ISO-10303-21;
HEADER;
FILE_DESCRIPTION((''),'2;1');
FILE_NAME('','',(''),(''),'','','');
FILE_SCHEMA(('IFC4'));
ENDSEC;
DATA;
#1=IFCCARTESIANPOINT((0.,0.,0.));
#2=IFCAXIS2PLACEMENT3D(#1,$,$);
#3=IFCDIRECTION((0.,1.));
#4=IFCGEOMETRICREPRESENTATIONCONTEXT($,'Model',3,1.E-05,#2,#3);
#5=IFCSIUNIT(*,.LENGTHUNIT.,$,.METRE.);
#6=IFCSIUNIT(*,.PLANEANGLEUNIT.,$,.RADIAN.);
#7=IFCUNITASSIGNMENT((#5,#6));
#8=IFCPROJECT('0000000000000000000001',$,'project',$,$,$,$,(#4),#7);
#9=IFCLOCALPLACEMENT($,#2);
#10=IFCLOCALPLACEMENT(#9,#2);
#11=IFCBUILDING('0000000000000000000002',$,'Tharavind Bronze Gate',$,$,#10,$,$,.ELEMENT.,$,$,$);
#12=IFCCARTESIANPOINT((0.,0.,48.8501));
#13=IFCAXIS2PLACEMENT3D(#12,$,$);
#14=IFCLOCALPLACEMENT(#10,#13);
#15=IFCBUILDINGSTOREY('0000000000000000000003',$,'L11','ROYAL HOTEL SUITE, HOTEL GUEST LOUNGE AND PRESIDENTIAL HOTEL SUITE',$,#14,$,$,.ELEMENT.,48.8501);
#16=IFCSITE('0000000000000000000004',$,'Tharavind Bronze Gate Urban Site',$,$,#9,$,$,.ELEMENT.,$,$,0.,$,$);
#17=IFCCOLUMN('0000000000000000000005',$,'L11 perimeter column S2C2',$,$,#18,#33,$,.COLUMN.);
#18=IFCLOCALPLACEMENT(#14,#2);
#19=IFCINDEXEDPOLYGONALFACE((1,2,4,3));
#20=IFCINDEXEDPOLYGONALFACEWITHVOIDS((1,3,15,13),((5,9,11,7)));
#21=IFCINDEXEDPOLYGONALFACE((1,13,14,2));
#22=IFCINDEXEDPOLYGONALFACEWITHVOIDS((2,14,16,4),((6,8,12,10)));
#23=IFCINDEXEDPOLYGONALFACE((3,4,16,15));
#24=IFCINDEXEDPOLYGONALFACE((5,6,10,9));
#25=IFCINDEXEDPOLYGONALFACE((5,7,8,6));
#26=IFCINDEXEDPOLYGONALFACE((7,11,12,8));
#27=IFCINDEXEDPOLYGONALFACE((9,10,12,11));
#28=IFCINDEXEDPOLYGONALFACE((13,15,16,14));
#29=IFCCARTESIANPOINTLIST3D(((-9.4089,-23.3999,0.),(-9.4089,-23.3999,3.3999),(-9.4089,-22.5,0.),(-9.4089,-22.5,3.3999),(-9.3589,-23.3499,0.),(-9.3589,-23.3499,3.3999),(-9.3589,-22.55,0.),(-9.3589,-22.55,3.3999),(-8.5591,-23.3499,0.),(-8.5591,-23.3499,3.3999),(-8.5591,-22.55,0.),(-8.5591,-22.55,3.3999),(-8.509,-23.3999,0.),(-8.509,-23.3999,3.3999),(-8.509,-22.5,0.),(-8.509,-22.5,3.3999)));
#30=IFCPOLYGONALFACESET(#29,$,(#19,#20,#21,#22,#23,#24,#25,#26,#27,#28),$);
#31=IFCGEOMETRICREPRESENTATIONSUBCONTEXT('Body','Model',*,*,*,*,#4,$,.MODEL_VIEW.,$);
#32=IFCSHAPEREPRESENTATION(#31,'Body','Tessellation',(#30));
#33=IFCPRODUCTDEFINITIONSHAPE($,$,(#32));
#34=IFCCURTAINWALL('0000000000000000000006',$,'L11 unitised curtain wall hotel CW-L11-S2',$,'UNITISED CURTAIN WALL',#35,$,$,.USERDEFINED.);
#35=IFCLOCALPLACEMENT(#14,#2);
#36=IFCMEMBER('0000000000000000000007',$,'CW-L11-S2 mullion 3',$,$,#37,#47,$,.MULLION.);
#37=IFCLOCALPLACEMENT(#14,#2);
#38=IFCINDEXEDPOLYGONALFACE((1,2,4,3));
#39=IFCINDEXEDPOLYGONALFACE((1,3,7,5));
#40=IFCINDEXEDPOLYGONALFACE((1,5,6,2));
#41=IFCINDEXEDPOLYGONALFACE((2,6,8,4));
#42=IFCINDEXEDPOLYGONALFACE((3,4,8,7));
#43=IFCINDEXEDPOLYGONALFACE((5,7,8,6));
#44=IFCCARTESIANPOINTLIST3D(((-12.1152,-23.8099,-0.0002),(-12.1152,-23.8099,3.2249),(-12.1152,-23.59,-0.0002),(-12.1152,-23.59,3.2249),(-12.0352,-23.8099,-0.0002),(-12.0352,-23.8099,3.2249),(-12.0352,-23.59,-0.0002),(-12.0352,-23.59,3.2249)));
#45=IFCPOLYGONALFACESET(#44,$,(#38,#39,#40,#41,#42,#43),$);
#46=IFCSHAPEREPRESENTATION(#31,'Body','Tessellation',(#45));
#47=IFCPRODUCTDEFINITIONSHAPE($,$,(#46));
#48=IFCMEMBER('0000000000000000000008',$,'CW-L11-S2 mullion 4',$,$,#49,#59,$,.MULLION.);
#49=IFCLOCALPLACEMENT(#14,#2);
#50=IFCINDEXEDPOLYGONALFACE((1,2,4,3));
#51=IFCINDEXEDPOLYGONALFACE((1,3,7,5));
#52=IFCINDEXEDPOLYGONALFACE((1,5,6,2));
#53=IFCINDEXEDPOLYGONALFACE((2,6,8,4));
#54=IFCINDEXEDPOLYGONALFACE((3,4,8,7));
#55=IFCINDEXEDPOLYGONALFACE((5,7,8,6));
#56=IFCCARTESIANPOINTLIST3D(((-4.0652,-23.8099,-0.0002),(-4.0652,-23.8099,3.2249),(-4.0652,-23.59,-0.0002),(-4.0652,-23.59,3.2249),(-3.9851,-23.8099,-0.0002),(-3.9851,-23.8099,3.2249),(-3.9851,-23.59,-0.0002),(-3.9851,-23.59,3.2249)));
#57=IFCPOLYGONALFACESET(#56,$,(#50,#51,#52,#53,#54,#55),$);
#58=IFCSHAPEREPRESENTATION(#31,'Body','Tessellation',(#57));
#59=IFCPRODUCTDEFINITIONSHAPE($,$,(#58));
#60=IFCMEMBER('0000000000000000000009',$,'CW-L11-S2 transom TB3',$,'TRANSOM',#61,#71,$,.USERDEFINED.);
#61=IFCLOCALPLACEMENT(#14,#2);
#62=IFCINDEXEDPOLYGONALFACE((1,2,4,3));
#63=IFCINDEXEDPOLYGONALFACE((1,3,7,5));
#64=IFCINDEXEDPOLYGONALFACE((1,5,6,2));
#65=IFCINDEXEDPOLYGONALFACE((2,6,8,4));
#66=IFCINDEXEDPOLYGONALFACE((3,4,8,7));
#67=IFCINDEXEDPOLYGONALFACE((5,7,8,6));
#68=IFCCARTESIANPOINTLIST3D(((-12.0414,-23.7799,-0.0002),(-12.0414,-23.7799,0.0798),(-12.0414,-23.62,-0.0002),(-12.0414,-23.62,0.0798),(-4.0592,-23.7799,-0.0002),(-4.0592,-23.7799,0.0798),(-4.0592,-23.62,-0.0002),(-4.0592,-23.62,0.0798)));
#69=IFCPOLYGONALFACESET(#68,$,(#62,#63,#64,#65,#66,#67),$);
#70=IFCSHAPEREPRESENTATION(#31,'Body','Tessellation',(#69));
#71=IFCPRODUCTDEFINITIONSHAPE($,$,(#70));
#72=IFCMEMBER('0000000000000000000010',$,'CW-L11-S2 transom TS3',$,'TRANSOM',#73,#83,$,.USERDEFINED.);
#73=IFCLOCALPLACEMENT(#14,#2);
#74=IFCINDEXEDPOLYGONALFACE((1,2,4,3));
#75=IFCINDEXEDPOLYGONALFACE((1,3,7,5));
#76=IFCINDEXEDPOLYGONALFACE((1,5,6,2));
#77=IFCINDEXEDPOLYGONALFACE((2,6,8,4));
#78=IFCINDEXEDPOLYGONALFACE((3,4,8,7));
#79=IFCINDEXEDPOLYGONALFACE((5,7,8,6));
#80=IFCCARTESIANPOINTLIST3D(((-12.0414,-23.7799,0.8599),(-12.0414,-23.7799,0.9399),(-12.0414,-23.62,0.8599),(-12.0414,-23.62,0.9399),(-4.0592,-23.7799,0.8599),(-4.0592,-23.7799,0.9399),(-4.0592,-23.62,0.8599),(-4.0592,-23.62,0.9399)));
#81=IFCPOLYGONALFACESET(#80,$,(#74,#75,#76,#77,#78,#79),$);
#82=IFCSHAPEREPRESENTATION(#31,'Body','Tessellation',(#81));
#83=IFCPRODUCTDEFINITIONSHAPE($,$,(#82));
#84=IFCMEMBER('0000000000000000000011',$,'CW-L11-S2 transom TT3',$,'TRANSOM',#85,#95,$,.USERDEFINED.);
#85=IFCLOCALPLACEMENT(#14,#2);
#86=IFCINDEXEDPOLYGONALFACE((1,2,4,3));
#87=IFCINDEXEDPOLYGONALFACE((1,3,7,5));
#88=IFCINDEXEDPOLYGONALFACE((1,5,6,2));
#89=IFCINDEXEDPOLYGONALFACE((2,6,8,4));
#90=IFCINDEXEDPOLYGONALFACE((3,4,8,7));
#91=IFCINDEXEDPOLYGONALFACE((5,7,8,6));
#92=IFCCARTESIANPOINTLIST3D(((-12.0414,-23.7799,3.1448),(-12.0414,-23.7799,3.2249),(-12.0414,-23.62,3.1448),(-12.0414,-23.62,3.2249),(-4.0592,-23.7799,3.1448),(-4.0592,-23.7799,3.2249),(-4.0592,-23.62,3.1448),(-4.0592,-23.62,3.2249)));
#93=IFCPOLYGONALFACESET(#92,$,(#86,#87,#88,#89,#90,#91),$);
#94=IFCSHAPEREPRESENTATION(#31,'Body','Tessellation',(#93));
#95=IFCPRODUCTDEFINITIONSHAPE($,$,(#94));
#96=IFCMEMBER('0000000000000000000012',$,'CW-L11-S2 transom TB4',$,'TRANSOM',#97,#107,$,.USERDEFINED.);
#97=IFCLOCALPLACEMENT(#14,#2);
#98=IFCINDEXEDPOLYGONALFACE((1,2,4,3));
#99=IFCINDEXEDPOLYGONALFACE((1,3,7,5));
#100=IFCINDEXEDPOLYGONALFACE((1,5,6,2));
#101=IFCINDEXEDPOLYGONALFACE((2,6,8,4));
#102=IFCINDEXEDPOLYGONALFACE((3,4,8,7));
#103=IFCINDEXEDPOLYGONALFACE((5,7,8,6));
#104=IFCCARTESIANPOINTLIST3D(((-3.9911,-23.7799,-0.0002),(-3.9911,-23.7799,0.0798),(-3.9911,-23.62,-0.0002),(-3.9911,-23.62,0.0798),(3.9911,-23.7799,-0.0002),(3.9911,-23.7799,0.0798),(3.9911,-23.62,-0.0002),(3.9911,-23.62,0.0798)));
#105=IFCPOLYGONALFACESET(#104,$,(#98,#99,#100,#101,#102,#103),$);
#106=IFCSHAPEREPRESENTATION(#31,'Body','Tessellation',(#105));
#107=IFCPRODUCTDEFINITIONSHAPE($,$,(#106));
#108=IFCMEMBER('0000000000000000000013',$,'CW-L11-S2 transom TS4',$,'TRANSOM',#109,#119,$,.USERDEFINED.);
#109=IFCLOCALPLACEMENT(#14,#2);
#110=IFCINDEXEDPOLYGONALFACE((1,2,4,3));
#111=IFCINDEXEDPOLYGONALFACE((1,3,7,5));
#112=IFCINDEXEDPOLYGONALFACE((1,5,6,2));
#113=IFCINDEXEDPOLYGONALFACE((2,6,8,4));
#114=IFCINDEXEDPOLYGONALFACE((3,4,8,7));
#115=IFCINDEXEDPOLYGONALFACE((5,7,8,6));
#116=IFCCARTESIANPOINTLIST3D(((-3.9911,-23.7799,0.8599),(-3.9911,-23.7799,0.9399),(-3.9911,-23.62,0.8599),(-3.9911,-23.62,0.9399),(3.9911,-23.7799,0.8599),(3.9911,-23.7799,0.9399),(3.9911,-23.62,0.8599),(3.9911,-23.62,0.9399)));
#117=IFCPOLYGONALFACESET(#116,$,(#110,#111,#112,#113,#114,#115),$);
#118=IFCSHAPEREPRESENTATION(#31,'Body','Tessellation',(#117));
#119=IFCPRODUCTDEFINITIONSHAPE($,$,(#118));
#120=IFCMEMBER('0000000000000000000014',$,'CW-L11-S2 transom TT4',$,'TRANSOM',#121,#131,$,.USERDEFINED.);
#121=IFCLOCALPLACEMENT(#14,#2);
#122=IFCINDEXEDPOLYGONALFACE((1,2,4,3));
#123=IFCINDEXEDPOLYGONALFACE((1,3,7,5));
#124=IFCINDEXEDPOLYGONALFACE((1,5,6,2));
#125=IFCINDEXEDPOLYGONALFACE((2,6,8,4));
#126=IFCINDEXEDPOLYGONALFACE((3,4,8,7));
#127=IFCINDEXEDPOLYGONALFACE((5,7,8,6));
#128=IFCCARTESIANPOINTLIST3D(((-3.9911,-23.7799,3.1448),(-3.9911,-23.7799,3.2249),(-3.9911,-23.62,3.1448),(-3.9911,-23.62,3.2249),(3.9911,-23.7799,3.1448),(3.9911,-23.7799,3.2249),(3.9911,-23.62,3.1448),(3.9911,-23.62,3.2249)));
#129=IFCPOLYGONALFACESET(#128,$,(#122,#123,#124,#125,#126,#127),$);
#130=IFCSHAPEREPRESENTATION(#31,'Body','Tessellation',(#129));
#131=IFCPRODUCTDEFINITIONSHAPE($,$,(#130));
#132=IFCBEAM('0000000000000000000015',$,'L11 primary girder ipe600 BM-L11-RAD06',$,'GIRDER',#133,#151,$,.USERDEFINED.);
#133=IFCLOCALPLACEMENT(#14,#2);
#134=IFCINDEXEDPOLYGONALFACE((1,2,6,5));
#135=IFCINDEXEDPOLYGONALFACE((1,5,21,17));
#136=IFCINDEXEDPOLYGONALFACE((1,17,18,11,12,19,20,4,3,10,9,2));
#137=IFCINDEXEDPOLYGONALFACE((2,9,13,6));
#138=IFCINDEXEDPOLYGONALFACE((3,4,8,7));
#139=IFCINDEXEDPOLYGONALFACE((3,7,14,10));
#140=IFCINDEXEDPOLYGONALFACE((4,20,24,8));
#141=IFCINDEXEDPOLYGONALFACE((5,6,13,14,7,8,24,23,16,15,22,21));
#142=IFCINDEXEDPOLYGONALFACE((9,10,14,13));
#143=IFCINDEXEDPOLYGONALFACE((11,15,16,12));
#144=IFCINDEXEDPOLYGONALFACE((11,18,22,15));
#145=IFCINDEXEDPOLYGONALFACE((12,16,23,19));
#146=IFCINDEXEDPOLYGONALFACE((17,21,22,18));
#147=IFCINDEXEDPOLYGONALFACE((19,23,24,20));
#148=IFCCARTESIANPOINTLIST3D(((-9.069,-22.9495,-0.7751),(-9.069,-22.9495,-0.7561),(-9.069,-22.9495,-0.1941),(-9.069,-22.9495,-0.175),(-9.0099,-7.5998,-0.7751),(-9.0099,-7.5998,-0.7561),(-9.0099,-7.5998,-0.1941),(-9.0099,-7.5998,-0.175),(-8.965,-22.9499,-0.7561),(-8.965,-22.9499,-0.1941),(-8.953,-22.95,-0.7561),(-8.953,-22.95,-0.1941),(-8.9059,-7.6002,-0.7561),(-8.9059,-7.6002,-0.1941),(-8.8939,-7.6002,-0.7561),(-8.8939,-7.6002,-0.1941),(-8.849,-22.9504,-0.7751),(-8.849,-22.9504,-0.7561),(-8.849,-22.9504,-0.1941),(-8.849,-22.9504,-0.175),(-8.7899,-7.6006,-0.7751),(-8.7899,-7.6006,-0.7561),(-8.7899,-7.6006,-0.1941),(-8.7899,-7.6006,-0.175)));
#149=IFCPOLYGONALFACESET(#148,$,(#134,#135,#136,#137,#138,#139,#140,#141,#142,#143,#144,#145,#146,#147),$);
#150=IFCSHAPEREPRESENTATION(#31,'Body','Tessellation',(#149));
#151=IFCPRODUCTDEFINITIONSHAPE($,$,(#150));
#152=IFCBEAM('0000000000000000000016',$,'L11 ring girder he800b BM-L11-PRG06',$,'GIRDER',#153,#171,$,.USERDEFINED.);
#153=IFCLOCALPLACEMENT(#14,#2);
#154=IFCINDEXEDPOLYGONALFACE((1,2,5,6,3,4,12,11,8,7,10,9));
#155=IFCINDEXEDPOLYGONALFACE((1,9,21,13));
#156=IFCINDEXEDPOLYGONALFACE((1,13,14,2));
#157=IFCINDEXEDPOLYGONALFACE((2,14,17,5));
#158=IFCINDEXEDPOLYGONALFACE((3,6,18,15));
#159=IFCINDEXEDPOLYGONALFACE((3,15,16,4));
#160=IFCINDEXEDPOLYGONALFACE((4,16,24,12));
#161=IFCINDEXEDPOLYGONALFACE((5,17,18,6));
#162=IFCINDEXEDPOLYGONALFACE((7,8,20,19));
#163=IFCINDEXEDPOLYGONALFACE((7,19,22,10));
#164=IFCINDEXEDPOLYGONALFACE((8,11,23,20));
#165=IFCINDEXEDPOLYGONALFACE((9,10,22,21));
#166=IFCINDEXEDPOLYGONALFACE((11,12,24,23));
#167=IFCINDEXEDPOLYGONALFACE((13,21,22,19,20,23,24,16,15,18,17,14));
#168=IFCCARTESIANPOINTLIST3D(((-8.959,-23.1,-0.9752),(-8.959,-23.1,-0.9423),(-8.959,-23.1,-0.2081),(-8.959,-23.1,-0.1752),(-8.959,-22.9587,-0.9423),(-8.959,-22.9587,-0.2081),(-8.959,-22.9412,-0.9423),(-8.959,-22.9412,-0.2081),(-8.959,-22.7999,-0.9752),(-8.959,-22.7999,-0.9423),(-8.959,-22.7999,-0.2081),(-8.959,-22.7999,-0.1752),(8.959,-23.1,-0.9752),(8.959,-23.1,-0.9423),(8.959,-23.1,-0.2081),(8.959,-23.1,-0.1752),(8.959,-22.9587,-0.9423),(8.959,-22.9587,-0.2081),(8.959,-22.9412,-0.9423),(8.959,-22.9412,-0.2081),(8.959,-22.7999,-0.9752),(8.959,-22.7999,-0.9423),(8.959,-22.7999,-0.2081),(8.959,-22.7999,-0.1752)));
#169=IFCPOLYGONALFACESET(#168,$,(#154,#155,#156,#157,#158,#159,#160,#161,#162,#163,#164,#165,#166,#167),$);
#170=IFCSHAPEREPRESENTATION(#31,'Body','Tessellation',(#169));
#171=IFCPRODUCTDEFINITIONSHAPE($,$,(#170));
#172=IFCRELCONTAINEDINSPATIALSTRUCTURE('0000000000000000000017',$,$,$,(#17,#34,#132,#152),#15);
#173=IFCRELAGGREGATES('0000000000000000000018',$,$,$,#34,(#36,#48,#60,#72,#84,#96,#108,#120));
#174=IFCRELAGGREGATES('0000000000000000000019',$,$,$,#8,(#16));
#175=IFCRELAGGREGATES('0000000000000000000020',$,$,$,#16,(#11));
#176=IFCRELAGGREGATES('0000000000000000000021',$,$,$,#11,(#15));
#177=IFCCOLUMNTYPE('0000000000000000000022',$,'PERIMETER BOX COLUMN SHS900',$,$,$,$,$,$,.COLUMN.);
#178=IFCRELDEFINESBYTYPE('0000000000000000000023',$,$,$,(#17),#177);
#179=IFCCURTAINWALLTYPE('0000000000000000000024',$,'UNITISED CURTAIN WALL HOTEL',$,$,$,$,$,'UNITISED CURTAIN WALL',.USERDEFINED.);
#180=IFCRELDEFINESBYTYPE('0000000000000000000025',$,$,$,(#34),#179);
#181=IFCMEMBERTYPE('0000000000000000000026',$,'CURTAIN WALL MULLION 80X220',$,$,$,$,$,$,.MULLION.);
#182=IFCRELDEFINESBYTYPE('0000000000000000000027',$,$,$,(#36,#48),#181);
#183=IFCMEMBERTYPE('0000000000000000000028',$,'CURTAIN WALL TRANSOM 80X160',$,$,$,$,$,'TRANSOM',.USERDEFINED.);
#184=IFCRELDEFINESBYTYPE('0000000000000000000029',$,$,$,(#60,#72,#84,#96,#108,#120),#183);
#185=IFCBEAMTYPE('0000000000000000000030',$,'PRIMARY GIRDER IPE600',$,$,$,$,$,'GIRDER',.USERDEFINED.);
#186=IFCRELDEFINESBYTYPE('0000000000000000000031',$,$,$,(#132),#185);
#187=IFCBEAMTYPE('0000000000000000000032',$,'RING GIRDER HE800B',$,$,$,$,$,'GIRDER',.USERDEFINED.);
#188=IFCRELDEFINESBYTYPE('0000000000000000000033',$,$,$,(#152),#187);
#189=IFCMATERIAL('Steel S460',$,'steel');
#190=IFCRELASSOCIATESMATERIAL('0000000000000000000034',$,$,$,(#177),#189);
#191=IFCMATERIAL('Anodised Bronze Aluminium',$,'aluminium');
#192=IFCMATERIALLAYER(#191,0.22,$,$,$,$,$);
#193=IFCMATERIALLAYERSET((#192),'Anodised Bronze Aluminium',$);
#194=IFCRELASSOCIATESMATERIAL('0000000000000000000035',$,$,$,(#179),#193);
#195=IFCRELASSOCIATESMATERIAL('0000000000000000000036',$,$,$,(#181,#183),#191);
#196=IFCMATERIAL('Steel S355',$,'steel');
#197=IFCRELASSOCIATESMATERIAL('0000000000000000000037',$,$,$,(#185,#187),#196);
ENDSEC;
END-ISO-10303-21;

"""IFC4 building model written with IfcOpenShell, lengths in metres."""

from ifc_helpers import new_model, si_unit, direction, frame, origin, origin_2d, place, context, subcontext, project, spatial, rectangle, hollow_rectangle, i_section, extrude, material, layer, layer_set, material_profile, profile_set, type_object, element, aggregate, save


model = new_model("IFC4")

# Units and contexts
model_context = context("Model", 3, precision=1e-05, world=origin(), true_north=direction((0.0, 1.0)))
body_context = subcontext(model_context, "Body", "Model", "MODEL_VIEW")
ifc_project = project(units=[si_unit("LENGTHUNIT", "METRE"), si_unit("PLANEANGLEUNIT", "RADIAN")], contexts=[model_context])

# Site, building, storey
site_placement = place(None, origin())
site = spatial("IfcSite", under=ifc_project, at=site_placement, Name="Tharavind Bronze Gate Urban Site", CompositionType="ELEMENT", RefElevation=0.0)
building_placement = place(site_placement, origin())
building = spatial("IfcBuilding", under=site, at=building_placement, Name="Tharavind Bronze Gate", CompositionType="ELEMENT")
storey_placement = place(building_placement, frame((0.0, 0.0, 48.8501)))
storey = spatial("IfcBuildingStorey", under=building, at=storey_placement, Name="L11", Description="ROYAL HOTEL SUITE, HOTEL GUEST LOUNGE AND PRESIDENTIAL HOTEL SUITE", CompositionType="ELEMENT", Elevation=48.8501)

# Column
ifc_material_1 = material(Name="Steel S460", Category="steel")
ifc_material_profile_1 = material_profile(ifc_material_1, hollow_rectangle(XDim=0.8999, YDim=0.8999, WallThickness=0.05, at=origin_2d()), Name="SHS900X50")
ifc_profile_set_1 = profile_set([ifc_material_profile_1], Name="Steel S460")
column_type = type_object("IfcColumnType", Name="PERIMETER BOX COLUMN SHS900", PredefinedType="COLUMN", material=ifc_profile_set_1)
column_placement = place(storey_placement, frame((-8.959, -22.95, 0.0), z_axis=(0.0, 0.0, 1.0), x_axis=(1.0, 0.0, 0.0)))
element("IfcColumn", 1, at=column_placement, inside=storey, type_object=column_type, Name="L11 perimeter column S2C2", PredefinedType="COLUMN", context=body_context, shape_type="SweptSolid", body=[
    extrude(hollow_rectangle(XDim=0.8999, YDim=0.8999, WallThickness=0.05, at=origin_2d()), origin(), (0.0, 0.0, 1.0), 3.3999),
])

# Curtain wall, members
ifc_material_2 = material(Name="Anodised Bronze Aluminium", Category="aluminium")
ifc_layer_1 = layer(ifc_material_2, 0.22)
ifc_layer_set_1 = layer_set([ifc_layer_1], Name="Anodised Bronze Aluminium")
curtain_wall_type = type_object("IfcCurtainWallType", Name="UNITISED CURTAIN WALL HOTEL", ElementType="UNITISED CURTAIN WALL", PredefinedType="USERDEFINED", material=ifc_layer_set_1)
curtain_wall_placement = place(storey_placement, origin())
curtain_wall = element("IfcCurtainWall", 2, at=curtain_wall_placement, inside=storey, type_object=curtain_wall_type, Name="L11 unitised curtain wall hotel CW-L11-S2", ObjectType="UNITISED CURTAIN WALL", PredefinedType="USERDEFINED")
member_type_1 = type_object("IfcMemberType", Name="CURTAIN WALL MULLION 80X220", PredefinedType="MULLION", material=ifc_material_2)
member_1_placement = place(storey_placement, frame((-12.0752, -23.7, -0.0002), z_axis=(0.0, 0.0, 1.0), x_axis=(1.0, 0.0, 0.0)))
member_1 = element("IfcMember", 3, at=member_1_placement, type_object=member_type_1, Name="CW-L11-S2 mullion 3", PredefinedType="MULLION", context=body_context, shape_type="SweptSolid", body=[
    extrude(rectangle(XDim=0.0801, YDim=0.22, at=origin_2d()), origin(), (0.0, 0.0, 1.0), 3.2251),
])
member_2_placement = place(storey_placement, frame((-4.0251, -23.7, -0.0002), z_axis=(0.0, 0.0, 1.0), x_axis=(1.0, 0.0, 0.0)))
member_2 = element("IfcMember", 4, at=member_2_placement, type_object=member_type_1, Name="CW-L11-S2 mullion 4", PredefinedType="MULLION", context=body_context, shape_type="SweptSolid", body=[
    extrude(rectangle(XDim=0.0801, YDim=0.22, at=origin_2d()), origin(), (0.0, 0.0, 1.0), 3.2251),
])
member_type_2 = type_object("IfcMemberType", Name="CURTAIN WALL TRANSOM 80X160", ElementType="TRANSOM", PredefinedType="USERDEFINED", material=ifc_material_2)
member_3_placement = place(storey_placement, frame((-8.0503, -23.7, -0.0002), z_axis=(0.0, 0.0, 1.0), x_axis=(1.0, 0.0, 0.0)))
member_3 = element("IfcMember", 5, at=member_3_placement, type_object=member_type_2, Name="CW-L11-S2 transom TB3", ObjectType="TRANSOM", PredefinedType="USERDEFINED", context=body_context, shape_type="SweptSolid", body=[
    extrude(rectangle(XDim=7.9822, YDim=0.1599, at=origin_2d()), origin(), (0.0, 0.0, 1.0), 0.0801),
])
member_4_placement = place(storey_placement, frame((-8.0503, -23.7, 0.8599), z_axis=(0.0, 0.0, 1.0), x_axis=(1.0, 0.0, 0.0)))
member_4 = element("IfcMember", 6, at=member_4_placement, type_object=member_type_2, Name="CW-L11-S2 transom TS3", ObjectType="TRANSOM", PredefinedType="USERDEFINED", context=body_context, shape_type="SweptSolid", body=[
    extrude(rectangle(XDim=7.9822, YDim=0.1599, at=origin_2d()), origin(), (0.0, 0.0, 1.0), 0.0801),
])
member_5_placement = place(storey_placement, frame((-8.0503, -23.7, 3.1448), z_axis=(0.0, 0.0, 1.0), x_axis=(1.0, 0.0, 0.0)))
member_5 = element("IfcMember", 7, at=member_5_placement, type_object=member_type_2, Name="CW-L11-S2 transom TT3", ObjectType="TRANSOM", PredefinedType="USERDEFINED", context=body_context, shape_type="SweptSolid", body=[
    extrude(rectangle(XDim=7.9822, YDim=0.1599, at=origin_2d()), origin(), (0.0, 0.0, 1.0), 0.0801),
])
member_6_placement = place(storey_placement, frame((0.0, -23.7, -0.0002), z_axis=(0.0, 0.0, 1.0), x_axis=(1.0, 0.0, 0.0)))
member_6 = element("IfcMember", 8, at=member_6_placement, type_object=member_type_2, Name="CW-L11-S2 transom TB4", ObjectType="TRANSOM", PredefinedType="USERDEFINED", context=body_context, shape_type="SweptSolid", body=[
    extrude(rectangle(XDim=7.9822, YDim=0.1599, at=origin_2d()), origin(), (0.0, 0.0, 1.0), 0.0801),
])
member_7_placement = place(storey_placement, frame((0.0, -23.7, 0.8599), z_axis=(0.0, 0.0, 1.0), x_axis=(1.0, 0.0, 0.0)))
member_7 = element("IfcMember", 9, at=member_7_placement, type_object=member_type_2, Name="CW-L11-S2 transom TS4", ObjectType="TRANSOM", PredefinedType="USERDEFINED", context=body_context, shape_type="SweptSolid", body=[
    extrude(rectangle(XDim=7.9822, YDim=0.1599, at=origin_2d()), origin(), (0.0, 0.0, 1.0), 0.0801),
])
member_8_placement = place(storey_placement, frame((0.0, -23.7, 3.1448), z_axis=(0.0, 0.0, 1.0), x_axis=(1.0, 0.0, 0.0)))
member_8 = element("IfcMember", 10, at=member_8_placement, type_object=member_type_2, Name="CW-L11-S2 transom TT4", ObjectType="TRANSOM", PredefinedType="USERDEFINED", context=body_context, shape_type="SweptSolid", body=[
    extrude(rectangle(XDim=7.9822, YDim=0.1599, at=origin_2d()), origin(), (0.0, 0.0, 1.0), 0.0801),
])

# Beams
ifc_material_3 = material(Name="Steel S355", Category="steel")
ifc_material_profile_2 = material_profile(ifc_material_3, i_section(OverallWidth=0.22, OverallDepth=0.6001, WebThickness=0.012, FlangeThickness=0.019, at=origin_2d()), Name="IPE600")
ifc_profile_set_2 = profile_set([ifc_material_profile_2], Name="Steel S355")
beam_type_1 = type_object("IfcBeamType", Name="PRIMARY GIRDER IPE600", ElementType="GIRDER", PredefinedType="USERDEFINED", material=ifc_profile_set_2)
beam_1_placement = place(storey_placement, frame((-8.959, -22.95, -0.4751), z_axis=(0.003849, 0.999993, 0.0), x_axis=(-0.999993, 0.003849, 0.0)))
element("IfcBeam", 11, at=beam_1_placement, inside=storey, type_object=beam_type_1, Name="L11 primary girder ipe600 BM-L11-RAD06", ObjectType="GIRDER", PredefinedType="USERDEFINED", context=body_context, shape_type="SweptSolid", body=[
    extrude(i_section(OverallWidth=0.22, OverallDepth=0.6001, WebThickness=0.012, FlangeThickness=0.019, at=origin_2d()), origin(), (0.0, 0.0, 1.0), 15.3499),
])
ifc_material_profile_3 = material_profile(ifc_material_3, i_section(OverallWidth=0.3, OverallDepth=0.8, WebThickness=0.0176, FlangeThickness=0.033, at=origin_2d()), Name="HE800B")
ifc_profile_set_3 = profile_set([ifc_material_profile_3], Name="Steel S355")
beam_type_2 = type_object("IfcBeamType", Name="RING GIRDER HE800B", ElementType="GIRDER", PredefinedType="USERDEFINED", material=ifc_profile_set_3)
beam_2_placement = place(storey_placement, frame((-8.959, -22.95, -0.5752), z_axis=(1.0, 0.0, 0.0), x_axis=(0.0, 1.0, 0.0)))
element("IfcBeam", 12, at=beam_2_placement, inside=storey, type_object=beam_type_2, Name="L11 ring girder he800b BM-L11-PRG06", ObjectType="GIRDER", PredefinedType="USERDEFINED", context=body_context, shape_type="SweptSolid", body=[
    extrude(i_section(OverallWidth=0.3, OverallDepth=0.8, WebThickness=0.0176, FlangeThickness=0.033, at=origin_2d()), origin(), (0.0, 0.0, 1.0), 17.918),
])

aggregate(curtain_wall, [member_1, member_2, member_3, member_4, member_5, member_6, member_7, member_8])

save(model, "model.ifc")
